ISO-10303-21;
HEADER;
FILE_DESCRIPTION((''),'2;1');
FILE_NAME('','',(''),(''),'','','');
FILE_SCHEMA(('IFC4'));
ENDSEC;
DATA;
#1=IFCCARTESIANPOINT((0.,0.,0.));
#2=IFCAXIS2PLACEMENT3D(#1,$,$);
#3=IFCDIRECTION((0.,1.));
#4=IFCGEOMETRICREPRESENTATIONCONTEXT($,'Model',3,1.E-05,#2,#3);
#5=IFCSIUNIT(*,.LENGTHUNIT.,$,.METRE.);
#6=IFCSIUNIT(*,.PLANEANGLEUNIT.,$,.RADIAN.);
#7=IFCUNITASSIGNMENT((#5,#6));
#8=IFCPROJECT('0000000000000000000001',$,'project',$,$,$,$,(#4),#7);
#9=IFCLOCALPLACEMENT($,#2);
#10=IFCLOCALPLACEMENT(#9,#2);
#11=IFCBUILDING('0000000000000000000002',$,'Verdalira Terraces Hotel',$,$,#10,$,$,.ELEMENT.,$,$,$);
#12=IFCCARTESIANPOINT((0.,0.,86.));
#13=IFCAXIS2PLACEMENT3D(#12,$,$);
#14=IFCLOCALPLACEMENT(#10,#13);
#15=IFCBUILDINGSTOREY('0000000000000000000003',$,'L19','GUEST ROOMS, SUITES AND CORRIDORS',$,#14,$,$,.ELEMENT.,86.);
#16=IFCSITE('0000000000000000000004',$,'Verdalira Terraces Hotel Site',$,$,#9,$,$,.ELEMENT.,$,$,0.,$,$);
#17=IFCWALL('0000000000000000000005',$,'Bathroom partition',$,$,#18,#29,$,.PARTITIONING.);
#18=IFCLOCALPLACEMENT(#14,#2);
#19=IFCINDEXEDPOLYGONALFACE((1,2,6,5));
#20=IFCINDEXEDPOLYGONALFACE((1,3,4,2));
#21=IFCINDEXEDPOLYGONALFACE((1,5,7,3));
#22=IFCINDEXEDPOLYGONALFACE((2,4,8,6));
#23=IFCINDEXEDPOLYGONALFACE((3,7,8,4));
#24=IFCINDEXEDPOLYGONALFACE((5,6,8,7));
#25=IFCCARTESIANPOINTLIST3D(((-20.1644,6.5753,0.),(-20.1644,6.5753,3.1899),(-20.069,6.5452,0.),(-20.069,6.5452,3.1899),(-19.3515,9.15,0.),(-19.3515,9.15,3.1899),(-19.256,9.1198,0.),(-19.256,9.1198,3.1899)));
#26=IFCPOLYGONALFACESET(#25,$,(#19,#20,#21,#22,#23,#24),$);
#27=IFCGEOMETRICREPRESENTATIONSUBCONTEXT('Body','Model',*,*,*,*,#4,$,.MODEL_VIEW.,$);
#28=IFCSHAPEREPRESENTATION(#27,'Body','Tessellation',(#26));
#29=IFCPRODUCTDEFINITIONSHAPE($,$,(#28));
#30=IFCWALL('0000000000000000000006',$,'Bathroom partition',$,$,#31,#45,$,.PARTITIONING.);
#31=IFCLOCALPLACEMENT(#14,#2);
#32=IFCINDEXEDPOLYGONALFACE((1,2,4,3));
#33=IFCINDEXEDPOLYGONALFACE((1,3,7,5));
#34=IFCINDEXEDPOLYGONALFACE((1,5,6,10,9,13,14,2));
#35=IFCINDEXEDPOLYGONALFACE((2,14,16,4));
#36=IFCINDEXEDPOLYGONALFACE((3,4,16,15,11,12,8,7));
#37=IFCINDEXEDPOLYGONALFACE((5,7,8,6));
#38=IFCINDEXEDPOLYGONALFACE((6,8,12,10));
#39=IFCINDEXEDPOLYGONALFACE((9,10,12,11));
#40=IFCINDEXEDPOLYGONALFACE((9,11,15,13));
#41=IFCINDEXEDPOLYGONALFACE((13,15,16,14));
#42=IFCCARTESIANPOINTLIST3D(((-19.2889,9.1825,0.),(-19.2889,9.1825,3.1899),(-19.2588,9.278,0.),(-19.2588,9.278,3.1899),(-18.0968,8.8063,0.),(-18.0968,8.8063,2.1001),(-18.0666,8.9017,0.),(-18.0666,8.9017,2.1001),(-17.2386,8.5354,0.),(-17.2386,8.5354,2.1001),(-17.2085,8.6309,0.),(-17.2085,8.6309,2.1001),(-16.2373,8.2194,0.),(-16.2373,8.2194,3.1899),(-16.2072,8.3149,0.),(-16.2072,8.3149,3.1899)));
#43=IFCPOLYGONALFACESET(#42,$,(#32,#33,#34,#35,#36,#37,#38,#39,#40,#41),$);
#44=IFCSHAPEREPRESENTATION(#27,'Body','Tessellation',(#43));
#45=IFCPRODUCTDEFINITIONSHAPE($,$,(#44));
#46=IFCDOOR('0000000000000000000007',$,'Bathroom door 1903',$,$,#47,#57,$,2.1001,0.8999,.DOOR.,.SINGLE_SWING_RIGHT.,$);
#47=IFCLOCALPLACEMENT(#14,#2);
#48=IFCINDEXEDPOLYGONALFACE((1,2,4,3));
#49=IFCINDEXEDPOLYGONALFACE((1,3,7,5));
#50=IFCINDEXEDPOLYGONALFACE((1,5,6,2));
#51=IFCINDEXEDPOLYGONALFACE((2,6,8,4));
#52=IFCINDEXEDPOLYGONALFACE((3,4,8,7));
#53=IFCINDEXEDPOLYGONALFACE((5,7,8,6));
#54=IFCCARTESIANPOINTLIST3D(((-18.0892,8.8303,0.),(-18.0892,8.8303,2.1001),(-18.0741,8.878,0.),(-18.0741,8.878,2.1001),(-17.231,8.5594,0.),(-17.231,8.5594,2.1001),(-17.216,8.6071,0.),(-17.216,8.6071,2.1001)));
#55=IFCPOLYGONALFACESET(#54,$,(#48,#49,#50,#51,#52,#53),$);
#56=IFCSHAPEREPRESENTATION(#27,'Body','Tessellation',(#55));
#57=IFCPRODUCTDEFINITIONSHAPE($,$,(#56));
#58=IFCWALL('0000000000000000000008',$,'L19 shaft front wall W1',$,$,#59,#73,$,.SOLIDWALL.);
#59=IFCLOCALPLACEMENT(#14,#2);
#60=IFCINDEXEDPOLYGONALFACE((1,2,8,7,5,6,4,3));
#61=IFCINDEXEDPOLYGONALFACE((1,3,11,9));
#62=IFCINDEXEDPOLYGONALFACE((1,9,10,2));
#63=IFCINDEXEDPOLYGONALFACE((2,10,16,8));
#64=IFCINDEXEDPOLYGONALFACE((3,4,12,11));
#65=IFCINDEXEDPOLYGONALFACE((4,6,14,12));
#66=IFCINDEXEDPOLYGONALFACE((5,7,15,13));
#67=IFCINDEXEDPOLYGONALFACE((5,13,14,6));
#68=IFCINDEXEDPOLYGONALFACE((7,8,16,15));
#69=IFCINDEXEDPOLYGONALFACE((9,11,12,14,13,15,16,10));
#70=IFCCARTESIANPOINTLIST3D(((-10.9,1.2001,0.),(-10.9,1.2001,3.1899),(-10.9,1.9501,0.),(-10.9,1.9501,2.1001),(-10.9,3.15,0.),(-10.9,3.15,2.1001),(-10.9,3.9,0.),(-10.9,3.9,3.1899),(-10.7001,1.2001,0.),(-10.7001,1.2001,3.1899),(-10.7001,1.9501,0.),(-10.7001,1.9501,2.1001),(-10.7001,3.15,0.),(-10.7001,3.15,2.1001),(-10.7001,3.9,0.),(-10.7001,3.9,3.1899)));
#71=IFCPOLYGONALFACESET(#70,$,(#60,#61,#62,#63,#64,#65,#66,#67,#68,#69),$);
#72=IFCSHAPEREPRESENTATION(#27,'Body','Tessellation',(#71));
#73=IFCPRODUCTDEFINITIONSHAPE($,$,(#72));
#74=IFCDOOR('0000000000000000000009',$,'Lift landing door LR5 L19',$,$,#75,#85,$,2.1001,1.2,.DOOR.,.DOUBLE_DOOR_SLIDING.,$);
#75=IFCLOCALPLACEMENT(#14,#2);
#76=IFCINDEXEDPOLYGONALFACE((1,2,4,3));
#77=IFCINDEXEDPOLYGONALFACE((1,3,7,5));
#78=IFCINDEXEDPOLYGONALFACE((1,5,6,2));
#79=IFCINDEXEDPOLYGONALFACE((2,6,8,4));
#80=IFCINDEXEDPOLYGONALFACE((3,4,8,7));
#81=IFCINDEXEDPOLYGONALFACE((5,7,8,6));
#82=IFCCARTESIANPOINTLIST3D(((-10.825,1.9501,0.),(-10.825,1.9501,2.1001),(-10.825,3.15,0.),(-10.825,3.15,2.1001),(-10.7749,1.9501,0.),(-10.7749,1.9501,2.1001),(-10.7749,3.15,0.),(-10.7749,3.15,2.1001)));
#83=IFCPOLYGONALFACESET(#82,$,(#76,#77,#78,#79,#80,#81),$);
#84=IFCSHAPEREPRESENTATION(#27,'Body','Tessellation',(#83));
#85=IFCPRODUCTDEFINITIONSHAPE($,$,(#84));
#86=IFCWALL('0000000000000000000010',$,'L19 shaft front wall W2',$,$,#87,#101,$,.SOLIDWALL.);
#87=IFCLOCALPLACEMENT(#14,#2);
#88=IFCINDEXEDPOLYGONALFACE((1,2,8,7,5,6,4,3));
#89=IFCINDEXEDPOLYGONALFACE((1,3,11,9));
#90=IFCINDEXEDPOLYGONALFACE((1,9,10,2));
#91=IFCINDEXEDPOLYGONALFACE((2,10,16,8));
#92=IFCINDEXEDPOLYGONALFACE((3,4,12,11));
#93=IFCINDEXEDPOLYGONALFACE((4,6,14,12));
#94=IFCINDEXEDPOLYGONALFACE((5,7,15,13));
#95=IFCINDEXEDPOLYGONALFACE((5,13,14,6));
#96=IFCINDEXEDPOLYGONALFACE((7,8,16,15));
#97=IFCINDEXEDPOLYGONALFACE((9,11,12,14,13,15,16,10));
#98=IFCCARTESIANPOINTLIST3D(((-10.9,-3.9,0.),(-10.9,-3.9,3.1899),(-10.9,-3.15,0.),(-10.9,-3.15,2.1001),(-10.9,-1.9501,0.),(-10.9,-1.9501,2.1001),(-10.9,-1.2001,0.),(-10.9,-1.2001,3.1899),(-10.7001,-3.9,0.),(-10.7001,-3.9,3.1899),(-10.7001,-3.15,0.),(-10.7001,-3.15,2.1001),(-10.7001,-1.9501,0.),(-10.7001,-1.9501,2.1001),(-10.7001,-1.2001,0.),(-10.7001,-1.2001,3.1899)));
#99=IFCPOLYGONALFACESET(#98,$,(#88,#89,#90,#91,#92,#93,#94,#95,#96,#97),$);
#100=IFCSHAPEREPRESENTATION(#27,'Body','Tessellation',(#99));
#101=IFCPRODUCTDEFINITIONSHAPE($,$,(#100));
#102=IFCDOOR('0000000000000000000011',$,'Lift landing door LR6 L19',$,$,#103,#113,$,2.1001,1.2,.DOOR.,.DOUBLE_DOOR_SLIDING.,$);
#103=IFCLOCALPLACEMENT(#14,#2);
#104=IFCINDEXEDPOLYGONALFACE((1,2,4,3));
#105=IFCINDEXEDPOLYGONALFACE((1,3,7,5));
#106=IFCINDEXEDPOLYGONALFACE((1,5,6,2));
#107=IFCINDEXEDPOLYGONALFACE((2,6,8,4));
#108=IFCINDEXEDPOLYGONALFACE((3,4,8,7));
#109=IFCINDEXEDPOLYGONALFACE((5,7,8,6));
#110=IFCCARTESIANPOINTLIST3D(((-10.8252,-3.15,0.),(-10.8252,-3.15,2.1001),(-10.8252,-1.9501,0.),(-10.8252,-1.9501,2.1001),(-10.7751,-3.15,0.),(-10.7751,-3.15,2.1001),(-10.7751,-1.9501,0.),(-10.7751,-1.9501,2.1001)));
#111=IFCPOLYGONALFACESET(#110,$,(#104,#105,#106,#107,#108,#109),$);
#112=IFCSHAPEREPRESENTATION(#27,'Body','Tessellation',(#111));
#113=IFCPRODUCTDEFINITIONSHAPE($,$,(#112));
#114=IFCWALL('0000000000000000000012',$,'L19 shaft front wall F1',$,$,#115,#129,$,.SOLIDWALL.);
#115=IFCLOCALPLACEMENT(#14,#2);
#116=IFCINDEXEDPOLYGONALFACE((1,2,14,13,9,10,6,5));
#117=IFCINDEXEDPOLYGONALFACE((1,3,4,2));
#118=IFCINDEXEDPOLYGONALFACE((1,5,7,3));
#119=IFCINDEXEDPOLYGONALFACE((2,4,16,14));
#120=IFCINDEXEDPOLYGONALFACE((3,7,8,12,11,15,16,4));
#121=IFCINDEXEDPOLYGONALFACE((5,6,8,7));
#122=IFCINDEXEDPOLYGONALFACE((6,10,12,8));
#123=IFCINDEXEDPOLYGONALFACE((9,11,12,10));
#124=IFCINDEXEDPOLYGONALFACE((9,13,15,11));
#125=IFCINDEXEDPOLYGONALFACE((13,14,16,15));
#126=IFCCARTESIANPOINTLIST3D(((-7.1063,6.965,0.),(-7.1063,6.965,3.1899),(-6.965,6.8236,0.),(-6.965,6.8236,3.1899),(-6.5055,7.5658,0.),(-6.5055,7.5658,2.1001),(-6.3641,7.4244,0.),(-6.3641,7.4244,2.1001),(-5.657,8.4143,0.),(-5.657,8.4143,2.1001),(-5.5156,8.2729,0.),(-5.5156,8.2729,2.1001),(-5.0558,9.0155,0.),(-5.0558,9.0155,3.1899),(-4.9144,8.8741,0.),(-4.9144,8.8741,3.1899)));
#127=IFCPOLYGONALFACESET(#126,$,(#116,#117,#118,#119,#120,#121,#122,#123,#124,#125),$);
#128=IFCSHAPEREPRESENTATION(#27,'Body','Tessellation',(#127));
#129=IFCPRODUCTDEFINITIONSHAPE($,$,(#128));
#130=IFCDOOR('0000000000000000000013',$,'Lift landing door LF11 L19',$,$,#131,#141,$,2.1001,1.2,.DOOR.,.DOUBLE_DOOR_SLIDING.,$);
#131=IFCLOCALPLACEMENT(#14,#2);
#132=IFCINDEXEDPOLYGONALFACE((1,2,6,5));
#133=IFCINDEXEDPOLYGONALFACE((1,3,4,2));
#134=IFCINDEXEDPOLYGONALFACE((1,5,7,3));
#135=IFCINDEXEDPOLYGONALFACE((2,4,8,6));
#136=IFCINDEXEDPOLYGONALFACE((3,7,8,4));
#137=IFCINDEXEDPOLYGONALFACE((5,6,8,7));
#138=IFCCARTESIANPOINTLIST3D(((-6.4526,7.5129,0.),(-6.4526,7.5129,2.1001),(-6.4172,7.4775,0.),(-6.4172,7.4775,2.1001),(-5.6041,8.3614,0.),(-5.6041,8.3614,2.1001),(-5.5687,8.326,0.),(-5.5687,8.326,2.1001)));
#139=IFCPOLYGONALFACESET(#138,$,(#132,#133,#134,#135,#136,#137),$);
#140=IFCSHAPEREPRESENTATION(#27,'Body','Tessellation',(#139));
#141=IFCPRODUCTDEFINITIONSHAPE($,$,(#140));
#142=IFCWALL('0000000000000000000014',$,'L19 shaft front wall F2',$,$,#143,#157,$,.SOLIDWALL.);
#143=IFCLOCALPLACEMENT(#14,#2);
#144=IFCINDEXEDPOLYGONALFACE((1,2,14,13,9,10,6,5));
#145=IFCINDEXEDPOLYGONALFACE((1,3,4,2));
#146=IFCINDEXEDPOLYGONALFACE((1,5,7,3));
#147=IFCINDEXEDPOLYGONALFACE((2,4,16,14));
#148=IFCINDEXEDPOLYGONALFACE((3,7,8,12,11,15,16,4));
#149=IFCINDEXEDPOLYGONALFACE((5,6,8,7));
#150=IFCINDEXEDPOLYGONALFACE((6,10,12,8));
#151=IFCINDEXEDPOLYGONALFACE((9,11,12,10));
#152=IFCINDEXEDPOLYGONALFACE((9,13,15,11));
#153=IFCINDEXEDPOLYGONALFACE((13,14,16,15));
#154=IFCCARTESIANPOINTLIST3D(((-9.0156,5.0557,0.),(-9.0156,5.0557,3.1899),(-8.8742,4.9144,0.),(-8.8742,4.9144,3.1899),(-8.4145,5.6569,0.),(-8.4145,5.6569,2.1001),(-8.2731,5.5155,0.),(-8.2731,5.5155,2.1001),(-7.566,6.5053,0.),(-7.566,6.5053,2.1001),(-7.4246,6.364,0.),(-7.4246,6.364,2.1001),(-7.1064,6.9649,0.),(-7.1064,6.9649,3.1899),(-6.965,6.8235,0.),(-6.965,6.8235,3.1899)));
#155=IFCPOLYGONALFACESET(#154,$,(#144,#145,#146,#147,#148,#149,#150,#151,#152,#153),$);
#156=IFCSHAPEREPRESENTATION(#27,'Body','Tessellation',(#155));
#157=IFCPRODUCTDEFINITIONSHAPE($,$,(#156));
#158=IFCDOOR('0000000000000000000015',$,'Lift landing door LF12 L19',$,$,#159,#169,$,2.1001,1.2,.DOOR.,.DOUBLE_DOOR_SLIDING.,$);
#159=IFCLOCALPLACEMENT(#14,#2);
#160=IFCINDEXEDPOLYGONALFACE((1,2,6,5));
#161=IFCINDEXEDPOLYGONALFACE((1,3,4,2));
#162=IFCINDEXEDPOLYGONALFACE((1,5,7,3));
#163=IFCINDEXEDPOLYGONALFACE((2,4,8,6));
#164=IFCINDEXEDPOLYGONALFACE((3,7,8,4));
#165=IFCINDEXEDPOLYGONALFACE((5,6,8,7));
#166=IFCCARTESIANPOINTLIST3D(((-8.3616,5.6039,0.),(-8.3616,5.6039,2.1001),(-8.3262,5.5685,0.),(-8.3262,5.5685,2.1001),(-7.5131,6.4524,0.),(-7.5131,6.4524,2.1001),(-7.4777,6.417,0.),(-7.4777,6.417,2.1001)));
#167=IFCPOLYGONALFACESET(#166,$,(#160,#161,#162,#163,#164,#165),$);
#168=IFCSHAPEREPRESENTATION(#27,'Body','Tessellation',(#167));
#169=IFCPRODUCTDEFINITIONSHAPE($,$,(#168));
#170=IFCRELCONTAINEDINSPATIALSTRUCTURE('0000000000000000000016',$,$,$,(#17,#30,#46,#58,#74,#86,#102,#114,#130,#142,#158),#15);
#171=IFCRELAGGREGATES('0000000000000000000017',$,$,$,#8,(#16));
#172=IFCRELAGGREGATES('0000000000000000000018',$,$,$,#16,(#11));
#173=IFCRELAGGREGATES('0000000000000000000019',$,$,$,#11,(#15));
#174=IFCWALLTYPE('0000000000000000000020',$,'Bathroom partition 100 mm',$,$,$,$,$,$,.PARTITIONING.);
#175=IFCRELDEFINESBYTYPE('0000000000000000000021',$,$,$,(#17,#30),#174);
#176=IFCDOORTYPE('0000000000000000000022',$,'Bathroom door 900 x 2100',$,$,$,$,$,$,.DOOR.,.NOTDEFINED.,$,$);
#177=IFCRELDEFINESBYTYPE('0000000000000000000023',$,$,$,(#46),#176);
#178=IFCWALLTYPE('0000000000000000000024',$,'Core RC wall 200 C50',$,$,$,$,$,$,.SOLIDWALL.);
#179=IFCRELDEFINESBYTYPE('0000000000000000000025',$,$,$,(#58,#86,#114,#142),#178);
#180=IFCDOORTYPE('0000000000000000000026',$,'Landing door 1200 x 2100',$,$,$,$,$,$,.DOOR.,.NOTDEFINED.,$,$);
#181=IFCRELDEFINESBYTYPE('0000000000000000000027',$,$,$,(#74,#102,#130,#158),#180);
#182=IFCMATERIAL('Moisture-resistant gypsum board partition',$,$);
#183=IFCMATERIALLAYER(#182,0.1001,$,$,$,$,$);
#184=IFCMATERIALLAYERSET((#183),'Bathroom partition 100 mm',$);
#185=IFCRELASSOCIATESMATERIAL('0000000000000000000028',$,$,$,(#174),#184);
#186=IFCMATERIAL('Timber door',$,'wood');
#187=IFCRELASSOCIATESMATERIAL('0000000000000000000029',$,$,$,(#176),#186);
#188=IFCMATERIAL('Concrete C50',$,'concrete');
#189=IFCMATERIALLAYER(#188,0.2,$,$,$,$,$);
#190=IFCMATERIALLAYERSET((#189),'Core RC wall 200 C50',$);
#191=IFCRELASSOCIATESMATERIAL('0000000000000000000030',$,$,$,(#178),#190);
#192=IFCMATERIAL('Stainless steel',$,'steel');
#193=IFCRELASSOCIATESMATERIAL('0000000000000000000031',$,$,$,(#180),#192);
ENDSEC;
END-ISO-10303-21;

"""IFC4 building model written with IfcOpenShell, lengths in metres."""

from ifc_helpers import new_model, si_unit, direction, frame, frame_2d, origin, place, context, subcontext, project, spatial, rectangle, extrude, material, layer, layer_set, type_object, element, fill, save


model = new_model("IFC4")

# Units and contexts
model_context = context("Model", 3, precision=1e-05, world=origin(), true_north=direction((0.0, 1.0)))
body_context = subcontext(model_context, "Body", "Model", "MODEL_VIEW")
ifc_project = project(units=[si_unit("LENGTHUNIT", "METRE"), si_unit("PLANEANGLEUNIT", "RADIAN")], contexts=[model_context])

# Site, building, storey
site_placement = place(None, origin())
site = spatial("IfcSite", under=ifc_project, at=site_placement, Name="Verdalira Terraces Hotel Site", CompositionType="ELEMENT", RefElevation=0.0)
building_placement = place(site_placement, origin())
building = spatial("IfcBuilding", under=site, at=building_placement, Name="Verdalira Terraces Hotel", CompositionType="ELEMENT")
storey_placement = place(building_placement, frame((0.0, 0.0, 86.0)))
storey = spatial("IfcBuildingStorey", under=building, at=storey_placement, Name="L19", Description="GUEST ROOMS, SUITES AND CORRIDORS", CompositionType="ELEMENT", Elevation=86.0)

# Wall
ifc_material_1 = material(Name="Moisture-resistant gypsum board partition")
ifc_layer_1 = layer(ifc_material_1, 0.1001)
ifc_layer_set_1 = layer_set([ifc_layer_1], Name="Bathroom partition 100 mm")
wall_type_1 = type_object("IfcWallType", Name="Bathroom partition 100 mm", PredefinedType="PARTITIONING", material=ifc_layer_set_1)
wall_1_placement = place(storey_placement, frame((-19.3037, 9.135, 0.0), z_axis=(0.0, 0.0, 1.0), x_axis=(-0.301105, -0.953591, 0.0)))
element("IfcWall", 1, at=wall_1_placement, inside=storey, type_object=wall_type_1, Name="Bathroom partition", PredefinedType="PARTITIONING", context=body_context, shape_type="SweptSolid", body=[
    extrude(rectangle(XDim=2.7, YDim=0.1001, at=frame_2d((1.3501, 0.0))), origin(), (0.0, 0.0, 1.0), 3.1899),
])

# Walls, openings, doors
wall_2_placement = place(storey_placement, frame((-16.2222, 8.2671, 0.0), z_axis=(0.0, 0.0, 1.0), x_axis=(-0.953628, 0.300989, 0.0)))
wall_2 = element("IfcWall", 2, at=wall_2_placement, inside=storey, type_object=wall_type_1, Name="Bathroom partition", PredefinedType="PARTITIONING", context=body_context, shape_type="SweptSolid", body=[
    extrude(rectangle(XDim=3.2, YDim=0.1001, at=frame_2d((1.6001, 0.0))), origin(), (0.0, 0.0, 1.0), 3.1899),
])
opening_1_placement = place(wall_2_placement, frame((1.05, 0.0, 0.0)))
opening_1 = element("IfcOpeningElement", 3, at=opening_1_placement, cuts=wall_2, PredefinedType="OPENING", context=body_context, shape_type="SweptSolid", body=[
    extrude(rectangle(XDim=0.8999, YDim=2.1001, at=frame_2d((0.45, 1.05))), frame((0.0, 0.0601, 0.0), z_axis=(0.0, -1.0, 0.0), x_axis=(1.0, 0.0, 0.0)), (0.0, 0.0, 1.0), 0.1201),
])
ifc_material_2 = material(Name="Timber door", Category="wood")
door_type_1 = type_object("IfcDoorType", Name="Bathroom door 900 x 2100", OperationType="NOTDEFINED", PredefinedType="DOOR", material=ifc_material_2)
door_1_placement = place(opening_1_placement, origin())
door_1 = element("IfcDoor", 4, at=door_1_placement, inside=storey, type_object=door_type_1, Name="Bathroom door 1903", OperationType="SINGLE_SWING_RIGHT", OverallHeight=2.1001, OverallWidth=0.8999, PredefinedType="DOOR", context=body_context, shape_type="SweptSolid", body=[
    extrude(rectangle(XDim=0.8999, YDim=2.1001, at=frame_2d((0.45, 1.05))), frame((0.0, 0.0249, 0.0), z_axis=(0.0, -1.0, 0.0), x_axis=(1.0, 0.0, 0.0)), (0.0, 0.0, 1.0), 0.05),
])
fill(opening_1, door_1)
ifc_material_3 = material(Name="Concrete C50", Category="concrete")
ifc_layer_2 = layer(ifc_material_3, 0.2)
ifc_layer_set_2 = layer_set([ifc_layer_2], Name="Core RC wall 200 C50")
wall_type_2 = type_object("IfcWallType", Name="Core RC wall 200 C50", PredefinedType="SOLIDWALL", material=ifc_layer_set_2)
wall_3_placement = place(storey_placement, frame((-10.8, 1.2, 0.0), z_axis=(0.0, 0.0, 1.0), x_axis=(0.0, 1.0, 0.0)))
wall_3 = element("IfcWall", 5, at=wall_3_placement, inside=storey, type_object=wall_type_2, Name="L19 shaft front wall W1", PredefinedType="SOLIDWALL", context=body_context, shape_type="SweptSolid", body=[
    extrude(rectangle(XDim=2.7, YDim=0.2, at=frame_2d((1.3501, 0.0))), origin(), (0.0, 0.0, 1.0), 3.1899),
])
opening_2_placement = place(wall_3_placement, frame((0.75, 0.0, 0.0)))
opening_2 = element("IfcOpeningElement", 6, at=opening_2_placement, cuts=wall_3, PredefinedType="OPENING", context=body_context, shape_type="SweptSolid", body=[
    extrude(rectangle(XDim=1.2, YDim=2.1001, at=frame_2d((0.6001, 1.05))), frame((0.0, 0.1099, 0.0), z_axis=(0.0, -1.0, 0.0), x_axis=(1.0, 0.0, 0.0)), (0.0, 0.0, 1.0), 0.22),
])
ifc_material_4 = material(Name="Stainless steel", Category="steel")
door_type_2 = type_object("IfcDoorType", Name="Landing door 1200 x 2100", OperationType="NOTDEFINED", PredefinedType="DOOR", material=ifc_material_4)
door_2_placement = place(opening_2_placement, origin())
door_2 = element("IfcDoor", 7, at=door_2_placement, inside=storey, type_object=door_type_2, Name="Lift landing door LR5 L19", OperationType="DOUBLE_DOOR_SLIDING", OverallHeight=2.1001, OverallWidth=1.2, PredefinedType="DOOR", context=body_context, shape_type="SweptSolid", body=[
    extrude(rectangle(XDim=1.2, YDim=2.1001, at=frame_2d((0.6001, 1.05))), frame((0.0, 0.0249, 0.0), z_axis=(0.0, -1.0, 0.0), x_axis=(1.0, 0.0, 0.0)), (0.0, 0.0, 1.0), 0.05),
])
fill(opening_2, door_2)
wall_4_placement = place(storey_placement, frame((-10.8, -1.2, 0.0), z_axis=(0.0, 0.0, 1.0), x_axis=(0.0, -1.0, 0.0)))
wall_4 = element("IfcWall", 8, at=wall_4_placement, inside=storey, type_object=wall_type_2, Name="L19 shaft front wall W2", PredefinedType="SOLIDWALL", context=body_context, shape_type="SweptSolid", body=[
    extrude(rectangle(XDim=2.7, YDim=0.2, at=frame_2d((1.3501, 0.0))), origin(), (0.0, 0.0, 1.0), 3.1899),
])
opening_3_placement = place(wall_4_placement, frame((0.75, 0.0, 0.0)))
opening_3 = element("IfcOpeningElement", 9, at=opening_3_placement, cuts=wall_4, PredefinedType="OPENING", context=body_context, shape_type="SweptSolid", body=[
    extrude(rectangle(XDim=1.2, YDim=2.1001, at=frame_2d((0.6001, 1.05))), frame((0.0, 0.1099, 0.0), z_axis=(0.0, -1.0, 0.0), x_axis=(1.0, 0.0, 0.0)), (0.0, 0.0, 1.0), 0.22),
])
door_3_placement = place(opening_3_placement, origin())
door_3 = element("IfcDoor", 10, at=door_3_placement, inside=storey, type_object=door_type_2, Name="Lift landing door LR6 L19", OperationType="DOUBLE_DOOR_SLIDING", OverallHeight=2.1001, OverallWidth=1.2, PredefinedType="DOOR", context=body_context, shape_type="SweptSolid", body=[
    extrude(rectangle(XDim=1.2, YDim=2.1001, at=frame_2d((0.6001, 1.05))), frame((0.0, 0.0249, 0.0), z_axis=(0.0, -1.0, 0.0), x_axis=(1.0, 0.0, 0.0)), (0.0, 0.0, 1.0), 0.05),
])
fill(opening_3, door_3)
wall_5_placement = place(storey_placement, frame((-4.9851, 8.9448, 0.0), z_axis=(0.0, 0.0, 1.0), x_axis=(-0.707107, -0.707107, 0.0)))
wall_5 = element("IfcWall", 11, at=wall_5_placement, inside=storey, type_object=wall_type_2, Name="L19 shaft front wall F1", PredefinedType="SOLIDWALL", context=body_context, shape_type="SweptSolid", body=[
    extrude(rectangle(XDim=2.8999, YDim=0.2, at=frame_2d((1.45, 0.0))), origin(), (0.0, 0.0, 1.0), 3.1899),
])
opening_4_placement = place(wall_5_placement, frame((0.8501, 0.0, 0.0)))
opening_4 = element("IfcOpeningElement", 12, at=opening_4_placement, cuts=wall_5, PredefinedType="OPENING", context=body_context, shape_type="SweptSolid", body=[
    extrude(rectangle(XDim=1.2, YDim=2.1001, at=frame_2d((0.6001, 1.05))), frame((0.0, 0.1099, 0.0), z_axis=(0.0, -1.0, 0.0), x_axis=(1.0, 0.0, 0.0)), (0.0, 0.0, 1.0), 0.22),
])
door_4_placement = place(opening_4_placement, origin())
door_4 = element("IfcDoor", 13, at=door_4_placement, inside=storey, type_object=door_type_2, Name="Lift landing door LF11 L19", OperationType="DOUBLE_DOOR_SLIDING", OverallHeight=2.1001, OverallWidth=1.2, PredefinedType="DOOR", context=body_context, shape_type="SweptSolid", body=[
    extrude(rectangle(XDim=1.2, YDim=2.1001, at=frame_2d((0.6001, 1.05))), frame((0.0, 0.0249, 0.0), z_axis=(0.0, -1.0, 0.0), x_axis=(1.0, 0.0, 0.0)), (0.0, 0.0, 1.0), 0.05),
])
fill(opening_4, door_4)
wall_6_placement = place(storey_placement, frame((-7.0356, 6.8943, 0.0), z_axis=(0.0, 0.0, 1.0), x_axis=(-0.707107, -0.707107, 0.0)))
wall_6 = element("IfcWall", 14, at=wall_6_placement, inside=storey, type_object=wall_type_2, Name="L19 shaft front wall F2", PredefinedType="SOLIDWALL", context=body_context, shape_type="SweptSolid", body=[
    extrude(rectangle(XDim=2.7, YDim=0.2, at=frame_2d((1.3501, 0.0))), origin(), (0.0, 0.0, 1.0), 3.1899),
])
opening_5_placement = place(wall_6_placement, frame((0.6499, 0.0, 0.0)))
opening_5 = element("IfcOpeningElement", 15, at=opening_5_placement, cuts=wall_6, PredefinedType="OPENING", context=body_context, shape_type="SweptSolid", body=[
    extrude(rectangle(XDim=1.2, YDim=2.1001, at=frame_2d((0.6001, 1.05))), frame((0.0, 0.1099, 0.0), z_axis=(0.0, -1.0, 0.0), x_axis=(1.0, 0.0, 0.0)), (0.0, 0.0, 1.0), 0.22),
])
door_5_placement = place(opening_5_placement, origin())
door_5 = element("IfcDoor", 16, at=door_5_placement, inside=storey, type_object=door_type_2, Name="Lift landing door LF12 L19", OperationType="DOUBLE_DOOR_SLIDING", OverallHeight=2.1001, OverallWidth=1.2, PredefinedType="DOOR", context=body_context, shape_type="SweptSolid", body=[
    extrude(rectangle(XDim=1.2, YDim=2.1001, at=frame_2d((0.6001, 1.05))), frame((0.0, 0.0249, 0.0), z_axis=(0.0, -1.0, 0.0), x_axis=(1.0, 0.0, 0.0)), (0.0, 0.0, 1.0), 0.05),
])
fill(opening_5, door_5)

save(model, "model.ifc")
